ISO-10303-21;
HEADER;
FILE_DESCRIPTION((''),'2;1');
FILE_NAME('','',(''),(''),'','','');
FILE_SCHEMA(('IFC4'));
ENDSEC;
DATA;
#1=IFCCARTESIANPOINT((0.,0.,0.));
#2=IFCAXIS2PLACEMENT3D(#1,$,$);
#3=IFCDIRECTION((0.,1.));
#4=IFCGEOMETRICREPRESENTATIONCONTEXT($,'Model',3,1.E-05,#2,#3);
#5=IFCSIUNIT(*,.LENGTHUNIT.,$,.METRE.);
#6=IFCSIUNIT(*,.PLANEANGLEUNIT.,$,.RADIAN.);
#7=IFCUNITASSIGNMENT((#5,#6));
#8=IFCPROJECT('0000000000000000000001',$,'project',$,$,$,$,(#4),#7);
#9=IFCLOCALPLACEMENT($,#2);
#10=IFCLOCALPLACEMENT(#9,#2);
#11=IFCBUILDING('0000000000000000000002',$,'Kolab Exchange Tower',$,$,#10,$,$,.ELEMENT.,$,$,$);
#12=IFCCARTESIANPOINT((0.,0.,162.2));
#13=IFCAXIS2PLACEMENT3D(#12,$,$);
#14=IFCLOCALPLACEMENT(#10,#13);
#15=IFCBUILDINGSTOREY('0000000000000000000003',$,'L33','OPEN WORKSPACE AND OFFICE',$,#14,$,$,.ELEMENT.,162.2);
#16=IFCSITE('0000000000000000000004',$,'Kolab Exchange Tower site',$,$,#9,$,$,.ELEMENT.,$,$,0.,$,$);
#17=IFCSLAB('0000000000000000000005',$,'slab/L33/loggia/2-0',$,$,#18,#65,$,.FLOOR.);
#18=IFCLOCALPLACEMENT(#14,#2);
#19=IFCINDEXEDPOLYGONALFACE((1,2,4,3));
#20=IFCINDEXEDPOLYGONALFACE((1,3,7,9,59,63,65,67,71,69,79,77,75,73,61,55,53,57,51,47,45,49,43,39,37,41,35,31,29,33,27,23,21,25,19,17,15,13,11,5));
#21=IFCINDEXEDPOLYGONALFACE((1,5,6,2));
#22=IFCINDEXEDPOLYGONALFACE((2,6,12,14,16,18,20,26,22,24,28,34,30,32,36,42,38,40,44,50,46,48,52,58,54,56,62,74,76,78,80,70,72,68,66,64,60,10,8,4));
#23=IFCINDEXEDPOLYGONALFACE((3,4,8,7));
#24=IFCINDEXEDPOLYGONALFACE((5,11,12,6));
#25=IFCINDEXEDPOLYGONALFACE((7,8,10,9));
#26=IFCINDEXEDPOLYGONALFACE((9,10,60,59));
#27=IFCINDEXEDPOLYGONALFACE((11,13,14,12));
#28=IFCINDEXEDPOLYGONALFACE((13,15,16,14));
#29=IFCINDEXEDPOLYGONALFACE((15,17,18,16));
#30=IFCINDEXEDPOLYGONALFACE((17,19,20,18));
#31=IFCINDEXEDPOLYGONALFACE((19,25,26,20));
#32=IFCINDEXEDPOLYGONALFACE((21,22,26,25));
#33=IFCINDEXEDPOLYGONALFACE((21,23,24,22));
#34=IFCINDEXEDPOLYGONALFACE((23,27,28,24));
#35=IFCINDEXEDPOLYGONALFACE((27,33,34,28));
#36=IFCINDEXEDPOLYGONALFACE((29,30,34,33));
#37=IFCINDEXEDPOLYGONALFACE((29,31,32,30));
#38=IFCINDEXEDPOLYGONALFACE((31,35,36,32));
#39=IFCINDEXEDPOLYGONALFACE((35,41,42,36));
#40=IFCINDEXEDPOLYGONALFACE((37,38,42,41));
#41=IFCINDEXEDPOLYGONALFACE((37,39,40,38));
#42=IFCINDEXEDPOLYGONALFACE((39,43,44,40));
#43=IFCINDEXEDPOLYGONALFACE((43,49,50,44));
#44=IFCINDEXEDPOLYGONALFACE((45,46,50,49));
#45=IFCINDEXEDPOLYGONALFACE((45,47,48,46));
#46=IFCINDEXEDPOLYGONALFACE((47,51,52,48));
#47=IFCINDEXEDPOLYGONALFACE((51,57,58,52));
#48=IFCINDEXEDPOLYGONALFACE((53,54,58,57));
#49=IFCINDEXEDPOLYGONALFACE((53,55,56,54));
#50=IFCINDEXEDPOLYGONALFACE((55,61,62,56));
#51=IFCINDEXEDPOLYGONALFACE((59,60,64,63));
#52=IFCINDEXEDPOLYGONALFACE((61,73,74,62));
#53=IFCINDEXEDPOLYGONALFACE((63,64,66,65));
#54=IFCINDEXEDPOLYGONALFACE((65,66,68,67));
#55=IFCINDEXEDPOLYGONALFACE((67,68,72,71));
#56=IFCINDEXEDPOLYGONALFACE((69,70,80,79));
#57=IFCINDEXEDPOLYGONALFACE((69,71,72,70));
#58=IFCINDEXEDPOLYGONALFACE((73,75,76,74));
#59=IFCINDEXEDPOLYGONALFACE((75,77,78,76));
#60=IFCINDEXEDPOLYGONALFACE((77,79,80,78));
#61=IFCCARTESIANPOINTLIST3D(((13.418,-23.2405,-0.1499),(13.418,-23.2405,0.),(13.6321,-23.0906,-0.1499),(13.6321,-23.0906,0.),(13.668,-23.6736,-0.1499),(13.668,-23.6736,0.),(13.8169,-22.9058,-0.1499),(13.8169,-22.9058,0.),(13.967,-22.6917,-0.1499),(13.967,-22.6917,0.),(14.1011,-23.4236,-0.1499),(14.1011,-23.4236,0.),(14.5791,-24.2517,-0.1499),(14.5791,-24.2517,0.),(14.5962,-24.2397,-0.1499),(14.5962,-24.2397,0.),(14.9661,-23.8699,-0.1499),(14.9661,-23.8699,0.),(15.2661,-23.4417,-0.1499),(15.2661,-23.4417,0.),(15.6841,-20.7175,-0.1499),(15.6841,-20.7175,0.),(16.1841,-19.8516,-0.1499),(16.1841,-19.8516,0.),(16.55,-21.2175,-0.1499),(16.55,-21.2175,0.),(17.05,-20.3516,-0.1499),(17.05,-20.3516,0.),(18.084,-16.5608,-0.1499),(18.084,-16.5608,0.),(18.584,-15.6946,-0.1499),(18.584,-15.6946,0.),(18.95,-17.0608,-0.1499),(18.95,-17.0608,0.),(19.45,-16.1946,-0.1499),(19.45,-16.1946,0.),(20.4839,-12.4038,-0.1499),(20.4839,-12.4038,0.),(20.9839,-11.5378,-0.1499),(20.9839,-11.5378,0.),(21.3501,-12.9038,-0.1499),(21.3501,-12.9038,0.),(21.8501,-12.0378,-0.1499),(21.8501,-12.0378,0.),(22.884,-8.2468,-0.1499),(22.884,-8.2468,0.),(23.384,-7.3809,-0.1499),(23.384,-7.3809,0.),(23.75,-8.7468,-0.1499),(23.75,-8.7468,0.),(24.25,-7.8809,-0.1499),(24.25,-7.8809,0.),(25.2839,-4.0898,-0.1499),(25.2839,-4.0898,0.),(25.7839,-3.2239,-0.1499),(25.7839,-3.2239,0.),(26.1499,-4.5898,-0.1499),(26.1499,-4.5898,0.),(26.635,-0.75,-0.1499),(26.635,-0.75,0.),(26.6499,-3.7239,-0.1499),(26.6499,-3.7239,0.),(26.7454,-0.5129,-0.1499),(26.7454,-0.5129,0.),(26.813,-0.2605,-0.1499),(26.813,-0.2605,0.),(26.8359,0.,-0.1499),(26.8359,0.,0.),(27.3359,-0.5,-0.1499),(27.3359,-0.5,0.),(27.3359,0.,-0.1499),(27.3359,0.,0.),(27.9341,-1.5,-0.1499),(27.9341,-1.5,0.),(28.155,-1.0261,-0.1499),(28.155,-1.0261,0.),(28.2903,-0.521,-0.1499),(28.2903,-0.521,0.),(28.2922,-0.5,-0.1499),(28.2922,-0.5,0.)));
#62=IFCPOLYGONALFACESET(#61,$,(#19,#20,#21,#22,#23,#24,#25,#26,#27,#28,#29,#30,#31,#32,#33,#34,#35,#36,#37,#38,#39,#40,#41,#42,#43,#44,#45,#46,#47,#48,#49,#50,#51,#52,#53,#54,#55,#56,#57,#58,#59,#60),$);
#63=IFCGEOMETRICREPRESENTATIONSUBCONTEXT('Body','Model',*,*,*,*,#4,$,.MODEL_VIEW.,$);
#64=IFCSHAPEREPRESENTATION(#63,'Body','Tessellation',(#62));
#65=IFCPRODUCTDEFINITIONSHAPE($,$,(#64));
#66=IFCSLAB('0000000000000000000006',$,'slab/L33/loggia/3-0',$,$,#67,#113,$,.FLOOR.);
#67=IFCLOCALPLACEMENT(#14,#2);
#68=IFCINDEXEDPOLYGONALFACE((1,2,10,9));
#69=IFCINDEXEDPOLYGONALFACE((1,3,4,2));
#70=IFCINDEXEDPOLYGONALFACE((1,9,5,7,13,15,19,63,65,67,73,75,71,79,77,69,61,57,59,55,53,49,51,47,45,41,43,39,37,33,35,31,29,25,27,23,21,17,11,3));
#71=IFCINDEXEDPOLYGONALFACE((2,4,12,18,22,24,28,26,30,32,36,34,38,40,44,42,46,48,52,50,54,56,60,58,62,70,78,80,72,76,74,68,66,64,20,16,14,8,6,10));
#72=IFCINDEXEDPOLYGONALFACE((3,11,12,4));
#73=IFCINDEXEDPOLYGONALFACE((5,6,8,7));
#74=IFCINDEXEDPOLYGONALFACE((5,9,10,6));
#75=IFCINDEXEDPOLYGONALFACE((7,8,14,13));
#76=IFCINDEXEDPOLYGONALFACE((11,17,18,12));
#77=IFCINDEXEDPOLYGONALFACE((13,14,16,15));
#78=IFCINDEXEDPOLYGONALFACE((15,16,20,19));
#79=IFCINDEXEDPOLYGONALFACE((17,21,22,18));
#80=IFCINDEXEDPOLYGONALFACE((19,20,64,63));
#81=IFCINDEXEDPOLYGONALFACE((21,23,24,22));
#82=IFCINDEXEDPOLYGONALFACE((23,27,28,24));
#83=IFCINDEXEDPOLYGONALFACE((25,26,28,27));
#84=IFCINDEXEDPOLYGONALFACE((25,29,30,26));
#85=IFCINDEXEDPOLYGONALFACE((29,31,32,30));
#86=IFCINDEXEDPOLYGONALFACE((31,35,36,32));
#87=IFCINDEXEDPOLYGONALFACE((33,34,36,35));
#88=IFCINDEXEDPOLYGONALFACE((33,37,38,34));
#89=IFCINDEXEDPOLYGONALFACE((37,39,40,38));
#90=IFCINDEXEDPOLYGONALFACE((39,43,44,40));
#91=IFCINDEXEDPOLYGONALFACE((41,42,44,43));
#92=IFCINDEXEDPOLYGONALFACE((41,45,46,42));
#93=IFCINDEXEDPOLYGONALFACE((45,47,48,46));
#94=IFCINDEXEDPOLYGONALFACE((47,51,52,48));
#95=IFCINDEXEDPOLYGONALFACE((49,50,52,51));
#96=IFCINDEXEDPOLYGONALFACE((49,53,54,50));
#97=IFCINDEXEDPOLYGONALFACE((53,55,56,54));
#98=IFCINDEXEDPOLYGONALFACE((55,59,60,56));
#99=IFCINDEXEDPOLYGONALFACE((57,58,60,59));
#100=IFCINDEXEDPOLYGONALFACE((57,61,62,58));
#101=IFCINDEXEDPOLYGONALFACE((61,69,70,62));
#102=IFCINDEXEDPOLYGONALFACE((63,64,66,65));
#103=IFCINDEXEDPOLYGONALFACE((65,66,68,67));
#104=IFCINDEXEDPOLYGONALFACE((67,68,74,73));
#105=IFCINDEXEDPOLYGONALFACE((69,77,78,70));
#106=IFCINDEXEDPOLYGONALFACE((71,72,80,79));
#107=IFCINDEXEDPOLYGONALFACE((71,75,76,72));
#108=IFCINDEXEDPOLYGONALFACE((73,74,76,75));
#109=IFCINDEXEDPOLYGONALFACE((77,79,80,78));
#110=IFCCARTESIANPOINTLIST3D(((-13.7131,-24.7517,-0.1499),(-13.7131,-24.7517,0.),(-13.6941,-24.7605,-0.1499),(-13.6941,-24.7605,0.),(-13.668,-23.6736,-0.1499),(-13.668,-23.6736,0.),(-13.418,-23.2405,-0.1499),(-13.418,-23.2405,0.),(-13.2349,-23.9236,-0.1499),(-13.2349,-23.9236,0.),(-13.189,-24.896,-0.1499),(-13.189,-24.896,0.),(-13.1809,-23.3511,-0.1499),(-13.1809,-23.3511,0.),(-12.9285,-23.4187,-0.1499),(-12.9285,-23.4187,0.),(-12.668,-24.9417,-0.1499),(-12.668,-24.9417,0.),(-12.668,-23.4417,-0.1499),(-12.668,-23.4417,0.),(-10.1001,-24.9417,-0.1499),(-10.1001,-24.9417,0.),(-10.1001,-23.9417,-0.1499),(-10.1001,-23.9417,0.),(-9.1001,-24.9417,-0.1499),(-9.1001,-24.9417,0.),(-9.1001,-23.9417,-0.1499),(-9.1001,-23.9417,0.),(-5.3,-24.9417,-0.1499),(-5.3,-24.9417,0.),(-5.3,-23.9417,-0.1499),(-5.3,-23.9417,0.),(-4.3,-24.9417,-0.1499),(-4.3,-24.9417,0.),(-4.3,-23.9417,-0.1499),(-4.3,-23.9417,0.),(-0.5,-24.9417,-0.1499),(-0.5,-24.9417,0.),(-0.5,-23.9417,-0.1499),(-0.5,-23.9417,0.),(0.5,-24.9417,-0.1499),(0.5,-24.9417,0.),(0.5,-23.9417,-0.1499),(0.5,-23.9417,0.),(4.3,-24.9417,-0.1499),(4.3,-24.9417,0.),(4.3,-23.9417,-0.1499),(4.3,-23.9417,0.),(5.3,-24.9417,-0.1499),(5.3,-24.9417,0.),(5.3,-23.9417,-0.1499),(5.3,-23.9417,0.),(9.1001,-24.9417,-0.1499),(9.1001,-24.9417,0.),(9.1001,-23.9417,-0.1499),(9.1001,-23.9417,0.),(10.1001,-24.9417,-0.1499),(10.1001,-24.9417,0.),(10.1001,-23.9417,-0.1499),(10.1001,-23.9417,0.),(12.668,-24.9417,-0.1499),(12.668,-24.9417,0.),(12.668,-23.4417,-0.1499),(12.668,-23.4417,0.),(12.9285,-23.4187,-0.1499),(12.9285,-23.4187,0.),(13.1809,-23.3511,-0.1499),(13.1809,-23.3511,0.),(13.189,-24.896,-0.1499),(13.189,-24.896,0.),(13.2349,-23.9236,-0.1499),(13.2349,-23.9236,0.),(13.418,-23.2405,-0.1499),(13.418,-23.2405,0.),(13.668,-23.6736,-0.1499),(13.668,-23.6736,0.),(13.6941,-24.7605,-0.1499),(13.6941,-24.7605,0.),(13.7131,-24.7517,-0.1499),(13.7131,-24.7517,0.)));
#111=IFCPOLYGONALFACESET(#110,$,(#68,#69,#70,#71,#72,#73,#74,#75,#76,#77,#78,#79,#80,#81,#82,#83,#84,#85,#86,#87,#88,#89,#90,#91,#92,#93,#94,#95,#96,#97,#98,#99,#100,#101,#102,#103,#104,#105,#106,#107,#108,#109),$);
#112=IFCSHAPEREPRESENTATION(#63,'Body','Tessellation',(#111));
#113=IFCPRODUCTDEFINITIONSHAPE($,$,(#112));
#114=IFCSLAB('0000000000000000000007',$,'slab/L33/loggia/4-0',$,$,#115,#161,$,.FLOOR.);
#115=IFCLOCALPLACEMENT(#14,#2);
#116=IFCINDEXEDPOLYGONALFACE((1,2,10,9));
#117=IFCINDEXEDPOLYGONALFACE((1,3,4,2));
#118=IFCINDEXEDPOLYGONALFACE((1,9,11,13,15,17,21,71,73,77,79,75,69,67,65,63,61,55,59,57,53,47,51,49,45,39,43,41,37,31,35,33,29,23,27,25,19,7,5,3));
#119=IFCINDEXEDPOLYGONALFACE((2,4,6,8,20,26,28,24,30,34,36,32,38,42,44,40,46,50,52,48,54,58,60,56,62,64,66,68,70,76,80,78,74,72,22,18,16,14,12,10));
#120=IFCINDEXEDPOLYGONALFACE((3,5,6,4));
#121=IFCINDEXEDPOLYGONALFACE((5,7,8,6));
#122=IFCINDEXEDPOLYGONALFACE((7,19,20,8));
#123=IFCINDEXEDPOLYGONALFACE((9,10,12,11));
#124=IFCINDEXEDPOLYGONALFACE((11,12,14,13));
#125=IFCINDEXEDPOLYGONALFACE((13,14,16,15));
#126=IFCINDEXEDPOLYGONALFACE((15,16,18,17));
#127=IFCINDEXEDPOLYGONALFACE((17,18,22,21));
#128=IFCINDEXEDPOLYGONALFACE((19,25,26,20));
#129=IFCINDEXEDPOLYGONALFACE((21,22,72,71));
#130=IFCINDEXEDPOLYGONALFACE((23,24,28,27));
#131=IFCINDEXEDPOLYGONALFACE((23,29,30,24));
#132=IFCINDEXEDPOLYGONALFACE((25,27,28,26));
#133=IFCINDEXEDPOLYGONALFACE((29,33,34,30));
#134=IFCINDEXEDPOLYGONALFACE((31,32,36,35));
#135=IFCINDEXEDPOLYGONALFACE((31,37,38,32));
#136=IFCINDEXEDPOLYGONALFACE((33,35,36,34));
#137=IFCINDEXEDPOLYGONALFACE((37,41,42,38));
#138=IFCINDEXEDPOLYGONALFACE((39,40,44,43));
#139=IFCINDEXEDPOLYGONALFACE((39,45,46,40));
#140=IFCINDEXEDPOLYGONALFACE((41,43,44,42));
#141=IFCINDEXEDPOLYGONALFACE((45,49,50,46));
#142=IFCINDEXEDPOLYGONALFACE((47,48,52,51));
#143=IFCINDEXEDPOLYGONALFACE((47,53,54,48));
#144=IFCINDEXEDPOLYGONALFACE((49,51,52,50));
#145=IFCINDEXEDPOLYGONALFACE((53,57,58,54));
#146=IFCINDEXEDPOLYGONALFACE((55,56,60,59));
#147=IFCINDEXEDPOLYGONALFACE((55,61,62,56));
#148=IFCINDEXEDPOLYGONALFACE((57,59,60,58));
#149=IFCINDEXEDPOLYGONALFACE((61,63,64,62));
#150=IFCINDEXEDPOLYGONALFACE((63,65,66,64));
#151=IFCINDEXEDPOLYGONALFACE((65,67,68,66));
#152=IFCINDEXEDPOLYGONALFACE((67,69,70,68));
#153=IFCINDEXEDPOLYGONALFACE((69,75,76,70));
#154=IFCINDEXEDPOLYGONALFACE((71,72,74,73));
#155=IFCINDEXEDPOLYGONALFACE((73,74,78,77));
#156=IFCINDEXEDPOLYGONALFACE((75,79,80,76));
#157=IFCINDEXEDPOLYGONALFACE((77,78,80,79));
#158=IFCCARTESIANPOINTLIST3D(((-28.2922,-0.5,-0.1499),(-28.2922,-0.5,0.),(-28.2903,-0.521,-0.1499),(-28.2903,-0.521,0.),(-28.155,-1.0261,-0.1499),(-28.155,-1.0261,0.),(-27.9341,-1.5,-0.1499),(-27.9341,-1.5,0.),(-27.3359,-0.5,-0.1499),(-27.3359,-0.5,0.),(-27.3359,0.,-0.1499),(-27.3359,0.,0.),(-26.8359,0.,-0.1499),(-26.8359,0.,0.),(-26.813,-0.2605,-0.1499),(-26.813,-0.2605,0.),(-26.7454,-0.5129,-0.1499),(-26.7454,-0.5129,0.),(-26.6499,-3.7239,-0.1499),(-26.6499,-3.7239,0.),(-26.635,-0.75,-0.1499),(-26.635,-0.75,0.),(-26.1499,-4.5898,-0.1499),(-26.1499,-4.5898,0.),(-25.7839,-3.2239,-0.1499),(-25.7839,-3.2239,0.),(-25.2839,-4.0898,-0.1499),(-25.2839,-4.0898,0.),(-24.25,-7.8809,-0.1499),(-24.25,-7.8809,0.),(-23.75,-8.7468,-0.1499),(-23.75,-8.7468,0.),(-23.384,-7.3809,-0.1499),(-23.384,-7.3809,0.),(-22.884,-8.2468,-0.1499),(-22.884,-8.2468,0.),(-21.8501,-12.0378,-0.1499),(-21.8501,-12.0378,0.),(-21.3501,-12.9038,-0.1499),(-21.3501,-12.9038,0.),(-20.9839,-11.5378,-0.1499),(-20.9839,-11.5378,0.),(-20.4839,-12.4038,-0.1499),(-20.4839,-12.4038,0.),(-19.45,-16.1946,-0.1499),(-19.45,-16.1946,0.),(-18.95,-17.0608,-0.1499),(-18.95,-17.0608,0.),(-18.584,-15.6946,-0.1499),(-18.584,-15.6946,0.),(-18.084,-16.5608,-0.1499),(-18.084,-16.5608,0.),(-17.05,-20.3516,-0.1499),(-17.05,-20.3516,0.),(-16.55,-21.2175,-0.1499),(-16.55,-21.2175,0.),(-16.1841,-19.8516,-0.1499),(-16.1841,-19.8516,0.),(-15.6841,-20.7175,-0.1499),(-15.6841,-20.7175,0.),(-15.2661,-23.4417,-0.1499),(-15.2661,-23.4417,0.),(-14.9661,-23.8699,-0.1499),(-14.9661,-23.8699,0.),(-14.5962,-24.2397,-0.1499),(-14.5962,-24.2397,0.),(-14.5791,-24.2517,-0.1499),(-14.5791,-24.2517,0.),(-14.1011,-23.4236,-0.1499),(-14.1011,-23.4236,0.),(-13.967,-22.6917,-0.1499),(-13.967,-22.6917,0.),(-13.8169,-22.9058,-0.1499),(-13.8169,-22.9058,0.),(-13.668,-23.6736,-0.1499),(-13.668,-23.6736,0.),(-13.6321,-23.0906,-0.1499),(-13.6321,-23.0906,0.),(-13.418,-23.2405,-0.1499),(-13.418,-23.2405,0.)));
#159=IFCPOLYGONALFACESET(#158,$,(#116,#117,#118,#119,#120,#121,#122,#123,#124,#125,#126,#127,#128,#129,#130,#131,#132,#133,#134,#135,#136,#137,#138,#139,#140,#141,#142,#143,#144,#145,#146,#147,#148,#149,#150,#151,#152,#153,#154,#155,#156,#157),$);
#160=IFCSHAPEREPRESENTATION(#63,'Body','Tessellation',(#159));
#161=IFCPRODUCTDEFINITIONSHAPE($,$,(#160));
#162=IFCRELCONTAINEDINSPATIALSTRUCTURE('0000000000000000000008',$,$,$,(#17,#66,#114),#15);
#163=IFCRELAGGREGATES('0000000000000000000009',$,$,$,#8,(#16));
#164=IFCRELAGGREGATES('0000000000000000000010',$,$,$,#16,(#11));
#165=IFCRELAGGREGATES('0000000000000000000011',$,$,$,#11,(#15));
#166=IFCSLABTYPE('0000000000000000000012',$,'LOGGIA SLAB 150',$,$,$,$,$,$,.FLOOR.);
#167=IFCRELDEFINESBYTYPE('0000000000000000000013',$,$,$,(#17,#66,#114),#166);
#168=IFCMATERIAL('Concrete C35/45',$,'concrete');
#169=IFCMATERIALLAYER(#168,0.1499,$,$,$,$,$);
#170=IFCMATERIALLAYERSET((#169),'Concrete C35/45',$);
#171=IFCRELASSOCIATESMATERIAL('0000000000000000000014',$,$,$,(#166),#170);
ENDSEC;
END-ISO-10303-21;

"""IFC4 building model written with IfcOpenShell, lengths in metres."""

from ifc_helpers import new_model, si_unit, direction, frame, origin, place, context, subcontext, project, spatial, polyline, outline, extrude, material, layer, layer_set, type_object, element, save


model = new_model("IFC4")

# Units and contexts
model_context = context("Model", 3, precision=1e-05, world=origin(), true_north=direction((0.0, 1.0)))
body_context = subcontext(model_context, "Body", "Model", "MODEL_VIEW")
ifc_project = project(units=[si_unit("LENGTHUNIT", "METRE"), si_unit("PLANEANGLEUNIT", "RADIAN")], contexts=[model_context])

# Site, building, storey
site_placement = place(None, origin())
site = spatial("IfcSite", under=ifc_project, at=site_placement, Name="Kolab Exchange Tower site", CompositionType="ELEMENT", RefElevation=0.0)
building_placement = place(site_placement, origin())
building = spatial("IfcBuilding", under=site, at=building_placement, Name="Kolab Exchange Tower", CompositionType="ELEMENT")
storey_placement = place(building_placement, frame((0.0, 0.0, 162.2)))
storey = spatial("IfcBuildingStorey", under=building, at=storey_placement, Name="L33", Description="OPEN WORKSPACE AND OFFICE", CompositionType="ELEMENT", Elevation=162.2)

# Slabs
ifc_material_1 = material(Name="Concrete C35/45", Category="concrete")
ifc_layer_1 = layer(ifc_material_1, 0.1499)
ifc_layer_set_1 = layer_set([ifc_layer_1], Name="Concrete C35/45")
slab_type_1 = type_object("IfcSlabType", Name="LOGGIA SLAB 150", PredefinedType="FLOOR", material=ifc_layer_set_1)
slab_1_placement = place(storey_placement, frame((0.0, 0.0, -0.1499)))
element("IfcSlab", 1, at=slab_1_placement, inside=storey, type_object=slab_type_1, Name="slab/L33/loggia/2-0", PredefinedType="FLOOR", context=body_context, shape_type="SweptSolid", body=[
    extrude(outline(polyline([(15.2661, -23.4417), (16.55, -21.2175), (15.6841, -20.7175), (16.1841, -19.8516), (17.05, -20.3516), (18.95, -17.0608), (18.084, -16.5608), (18.584, -15.6946), (19.45, -16.1946), (21.3501, -12.9038), (20.4839, -12.4038), (20.9839, -11.5378), (21.8501, -12.0378), (23.75, -8.7468), (22.884, -8.2468), (23.384, -7.3809), (24.25, -7.8809), (26.1499, -4.5898), (25.2839, -4.0898), (25.7839, -3.2239), (26.6499, -3.7239), (27.9341, -1.5), (28.155, -1.0261), (28.2903, -0.521), (28.2922, -0.5), (27.3359, -0.5), (27.3359, 0.0), (26.8359, 0.0), (26.813, -0.2605), (26.7454, -0.5129), (26.635, -0.75), (13.967, -22.6917), (13.8169, -22.9058), (13.6321, -23.0906), (13.418, -23.2405), (13.668, -23.6736), (14.1011, -23.4236), (14.5791, -24.2517), (14.5962, -24.2397), (14.9661, -23.8699), (15.2661, -23.4417)])), origin(), (0.0, 0.0, 1.0), 0.1499),
])
slab_2_placement = place(storey_placement, frame((0.0, 0.0, -0.1499)))
element("IfcSlab", 2, at=slab_2_placement, inside=storey, type_object=slab_type_1, Name="slab/L33/loggia/3-0", PredefinedType="FLOOR", context=body_context, shape_type="SweptSolid", body=[
    extrude(outline(polyline([(-13.418, -23.2405), (-13.668, -23.6736), (-13.2349, -23.9236), (-13.7131, -24.7517), (-13.6941, -24.7605), (-13.189, -24.896), (-12.668, -24.9417), (-10.1001, -24.9417), (-10.1001, -23.9417), (-9.1001, -23.9417), (-9.1001, -24.9417), (-5.3, -24.9417), (-5.3, -23.9417), (-4.3, -23.9417), (-4.3, -24.9417), (-0.5, -24.9417), (-0.5, -23.9417), (0.5, -23.9417), (0.5, -24.9417), (4.3, -24.9417), (4.3, -23.9417), (5.3, -23.9417), (5.3, -24.9417), (9.1001, -24.9417), (9.1001, -23.9417), (10.1001, -23.9417), (10.1001, -24.9417), (12.668, -24.9417), (13.189, -24.896), (13.6941, -24.7605), (13.7131, -24.7517), (13.2349, -23.9236), (13.668, -23.6736), (13.418, -23.2405), (13.1809, -23.3511), (12.9285, -23.4187), (12.668, -23.4417), (-12.668, -23.4417), (-12.9285, -23.4187), (-13.1809, -23.3511), (-13.418, -23.2405)])), origin(), (0.0, 0.0, 1.0), 0.1499),
])
slab_3_placement = place(storey_placement, frame((0.0, 0.0, -0.1499)))
element("IfcSlab", 3, at=slab_3_placement, inside=storey, type_object=slab_type_1, Name="slab/L33/loggia/4-0", PredefinedType="FLOOR", context=body_context, shape_type="SweptSolid", body=[
    extrude(outline(polyline([(-26.8359, 0.0), (-27.3359, 0.0), (-27.3359, -0.5), (-28.2922, -0.5), (-28.2903, -0.521), (-28.155, -1.0261), (-27.9341, -1.5), (-26.6499, -3.7239), (-25.7839, -3.2239), (-25.2839, -4.0898), (-26.1499, -4.5898), (-24.25, -7.8809), (-23.384, -7.3809), (-22.884, -8.2468), (-23.75, -8.7468), (-21.8501, -12.0378), (-20.9839, -11.5378), (-20.4839, -12.4038), (-21.3501, -12.9038), (-19.45, -16.1946), (-18.584, -15.6946), (-18.084, -16.5608), (-18.95, -17.0608), (-17.05, -20.3516), (-16.1841, -19.8516), (-15.6841, -20.7175), (-16.55, -21.2175), (-15.2661, -23.4417), (-14.9661, -23.8699), (-14.5962, -24.2397), (-14.5791, -24.2517), (-14.1011, -23.4236), (-13.668, -23.6736), (-13.418, -23.2405), (-13.6321, -23.0906), (-13.8169, -22.9058), (-13.967, -22.6917), (-26.635, -0.75), (-26.7454, -0.5129), (-26.813, -0.2605), (-26.8359, 0.0)])), origin(), (0.0, 0.0, 1.0), 0.1499),
])

save(model, "model.ifc")
